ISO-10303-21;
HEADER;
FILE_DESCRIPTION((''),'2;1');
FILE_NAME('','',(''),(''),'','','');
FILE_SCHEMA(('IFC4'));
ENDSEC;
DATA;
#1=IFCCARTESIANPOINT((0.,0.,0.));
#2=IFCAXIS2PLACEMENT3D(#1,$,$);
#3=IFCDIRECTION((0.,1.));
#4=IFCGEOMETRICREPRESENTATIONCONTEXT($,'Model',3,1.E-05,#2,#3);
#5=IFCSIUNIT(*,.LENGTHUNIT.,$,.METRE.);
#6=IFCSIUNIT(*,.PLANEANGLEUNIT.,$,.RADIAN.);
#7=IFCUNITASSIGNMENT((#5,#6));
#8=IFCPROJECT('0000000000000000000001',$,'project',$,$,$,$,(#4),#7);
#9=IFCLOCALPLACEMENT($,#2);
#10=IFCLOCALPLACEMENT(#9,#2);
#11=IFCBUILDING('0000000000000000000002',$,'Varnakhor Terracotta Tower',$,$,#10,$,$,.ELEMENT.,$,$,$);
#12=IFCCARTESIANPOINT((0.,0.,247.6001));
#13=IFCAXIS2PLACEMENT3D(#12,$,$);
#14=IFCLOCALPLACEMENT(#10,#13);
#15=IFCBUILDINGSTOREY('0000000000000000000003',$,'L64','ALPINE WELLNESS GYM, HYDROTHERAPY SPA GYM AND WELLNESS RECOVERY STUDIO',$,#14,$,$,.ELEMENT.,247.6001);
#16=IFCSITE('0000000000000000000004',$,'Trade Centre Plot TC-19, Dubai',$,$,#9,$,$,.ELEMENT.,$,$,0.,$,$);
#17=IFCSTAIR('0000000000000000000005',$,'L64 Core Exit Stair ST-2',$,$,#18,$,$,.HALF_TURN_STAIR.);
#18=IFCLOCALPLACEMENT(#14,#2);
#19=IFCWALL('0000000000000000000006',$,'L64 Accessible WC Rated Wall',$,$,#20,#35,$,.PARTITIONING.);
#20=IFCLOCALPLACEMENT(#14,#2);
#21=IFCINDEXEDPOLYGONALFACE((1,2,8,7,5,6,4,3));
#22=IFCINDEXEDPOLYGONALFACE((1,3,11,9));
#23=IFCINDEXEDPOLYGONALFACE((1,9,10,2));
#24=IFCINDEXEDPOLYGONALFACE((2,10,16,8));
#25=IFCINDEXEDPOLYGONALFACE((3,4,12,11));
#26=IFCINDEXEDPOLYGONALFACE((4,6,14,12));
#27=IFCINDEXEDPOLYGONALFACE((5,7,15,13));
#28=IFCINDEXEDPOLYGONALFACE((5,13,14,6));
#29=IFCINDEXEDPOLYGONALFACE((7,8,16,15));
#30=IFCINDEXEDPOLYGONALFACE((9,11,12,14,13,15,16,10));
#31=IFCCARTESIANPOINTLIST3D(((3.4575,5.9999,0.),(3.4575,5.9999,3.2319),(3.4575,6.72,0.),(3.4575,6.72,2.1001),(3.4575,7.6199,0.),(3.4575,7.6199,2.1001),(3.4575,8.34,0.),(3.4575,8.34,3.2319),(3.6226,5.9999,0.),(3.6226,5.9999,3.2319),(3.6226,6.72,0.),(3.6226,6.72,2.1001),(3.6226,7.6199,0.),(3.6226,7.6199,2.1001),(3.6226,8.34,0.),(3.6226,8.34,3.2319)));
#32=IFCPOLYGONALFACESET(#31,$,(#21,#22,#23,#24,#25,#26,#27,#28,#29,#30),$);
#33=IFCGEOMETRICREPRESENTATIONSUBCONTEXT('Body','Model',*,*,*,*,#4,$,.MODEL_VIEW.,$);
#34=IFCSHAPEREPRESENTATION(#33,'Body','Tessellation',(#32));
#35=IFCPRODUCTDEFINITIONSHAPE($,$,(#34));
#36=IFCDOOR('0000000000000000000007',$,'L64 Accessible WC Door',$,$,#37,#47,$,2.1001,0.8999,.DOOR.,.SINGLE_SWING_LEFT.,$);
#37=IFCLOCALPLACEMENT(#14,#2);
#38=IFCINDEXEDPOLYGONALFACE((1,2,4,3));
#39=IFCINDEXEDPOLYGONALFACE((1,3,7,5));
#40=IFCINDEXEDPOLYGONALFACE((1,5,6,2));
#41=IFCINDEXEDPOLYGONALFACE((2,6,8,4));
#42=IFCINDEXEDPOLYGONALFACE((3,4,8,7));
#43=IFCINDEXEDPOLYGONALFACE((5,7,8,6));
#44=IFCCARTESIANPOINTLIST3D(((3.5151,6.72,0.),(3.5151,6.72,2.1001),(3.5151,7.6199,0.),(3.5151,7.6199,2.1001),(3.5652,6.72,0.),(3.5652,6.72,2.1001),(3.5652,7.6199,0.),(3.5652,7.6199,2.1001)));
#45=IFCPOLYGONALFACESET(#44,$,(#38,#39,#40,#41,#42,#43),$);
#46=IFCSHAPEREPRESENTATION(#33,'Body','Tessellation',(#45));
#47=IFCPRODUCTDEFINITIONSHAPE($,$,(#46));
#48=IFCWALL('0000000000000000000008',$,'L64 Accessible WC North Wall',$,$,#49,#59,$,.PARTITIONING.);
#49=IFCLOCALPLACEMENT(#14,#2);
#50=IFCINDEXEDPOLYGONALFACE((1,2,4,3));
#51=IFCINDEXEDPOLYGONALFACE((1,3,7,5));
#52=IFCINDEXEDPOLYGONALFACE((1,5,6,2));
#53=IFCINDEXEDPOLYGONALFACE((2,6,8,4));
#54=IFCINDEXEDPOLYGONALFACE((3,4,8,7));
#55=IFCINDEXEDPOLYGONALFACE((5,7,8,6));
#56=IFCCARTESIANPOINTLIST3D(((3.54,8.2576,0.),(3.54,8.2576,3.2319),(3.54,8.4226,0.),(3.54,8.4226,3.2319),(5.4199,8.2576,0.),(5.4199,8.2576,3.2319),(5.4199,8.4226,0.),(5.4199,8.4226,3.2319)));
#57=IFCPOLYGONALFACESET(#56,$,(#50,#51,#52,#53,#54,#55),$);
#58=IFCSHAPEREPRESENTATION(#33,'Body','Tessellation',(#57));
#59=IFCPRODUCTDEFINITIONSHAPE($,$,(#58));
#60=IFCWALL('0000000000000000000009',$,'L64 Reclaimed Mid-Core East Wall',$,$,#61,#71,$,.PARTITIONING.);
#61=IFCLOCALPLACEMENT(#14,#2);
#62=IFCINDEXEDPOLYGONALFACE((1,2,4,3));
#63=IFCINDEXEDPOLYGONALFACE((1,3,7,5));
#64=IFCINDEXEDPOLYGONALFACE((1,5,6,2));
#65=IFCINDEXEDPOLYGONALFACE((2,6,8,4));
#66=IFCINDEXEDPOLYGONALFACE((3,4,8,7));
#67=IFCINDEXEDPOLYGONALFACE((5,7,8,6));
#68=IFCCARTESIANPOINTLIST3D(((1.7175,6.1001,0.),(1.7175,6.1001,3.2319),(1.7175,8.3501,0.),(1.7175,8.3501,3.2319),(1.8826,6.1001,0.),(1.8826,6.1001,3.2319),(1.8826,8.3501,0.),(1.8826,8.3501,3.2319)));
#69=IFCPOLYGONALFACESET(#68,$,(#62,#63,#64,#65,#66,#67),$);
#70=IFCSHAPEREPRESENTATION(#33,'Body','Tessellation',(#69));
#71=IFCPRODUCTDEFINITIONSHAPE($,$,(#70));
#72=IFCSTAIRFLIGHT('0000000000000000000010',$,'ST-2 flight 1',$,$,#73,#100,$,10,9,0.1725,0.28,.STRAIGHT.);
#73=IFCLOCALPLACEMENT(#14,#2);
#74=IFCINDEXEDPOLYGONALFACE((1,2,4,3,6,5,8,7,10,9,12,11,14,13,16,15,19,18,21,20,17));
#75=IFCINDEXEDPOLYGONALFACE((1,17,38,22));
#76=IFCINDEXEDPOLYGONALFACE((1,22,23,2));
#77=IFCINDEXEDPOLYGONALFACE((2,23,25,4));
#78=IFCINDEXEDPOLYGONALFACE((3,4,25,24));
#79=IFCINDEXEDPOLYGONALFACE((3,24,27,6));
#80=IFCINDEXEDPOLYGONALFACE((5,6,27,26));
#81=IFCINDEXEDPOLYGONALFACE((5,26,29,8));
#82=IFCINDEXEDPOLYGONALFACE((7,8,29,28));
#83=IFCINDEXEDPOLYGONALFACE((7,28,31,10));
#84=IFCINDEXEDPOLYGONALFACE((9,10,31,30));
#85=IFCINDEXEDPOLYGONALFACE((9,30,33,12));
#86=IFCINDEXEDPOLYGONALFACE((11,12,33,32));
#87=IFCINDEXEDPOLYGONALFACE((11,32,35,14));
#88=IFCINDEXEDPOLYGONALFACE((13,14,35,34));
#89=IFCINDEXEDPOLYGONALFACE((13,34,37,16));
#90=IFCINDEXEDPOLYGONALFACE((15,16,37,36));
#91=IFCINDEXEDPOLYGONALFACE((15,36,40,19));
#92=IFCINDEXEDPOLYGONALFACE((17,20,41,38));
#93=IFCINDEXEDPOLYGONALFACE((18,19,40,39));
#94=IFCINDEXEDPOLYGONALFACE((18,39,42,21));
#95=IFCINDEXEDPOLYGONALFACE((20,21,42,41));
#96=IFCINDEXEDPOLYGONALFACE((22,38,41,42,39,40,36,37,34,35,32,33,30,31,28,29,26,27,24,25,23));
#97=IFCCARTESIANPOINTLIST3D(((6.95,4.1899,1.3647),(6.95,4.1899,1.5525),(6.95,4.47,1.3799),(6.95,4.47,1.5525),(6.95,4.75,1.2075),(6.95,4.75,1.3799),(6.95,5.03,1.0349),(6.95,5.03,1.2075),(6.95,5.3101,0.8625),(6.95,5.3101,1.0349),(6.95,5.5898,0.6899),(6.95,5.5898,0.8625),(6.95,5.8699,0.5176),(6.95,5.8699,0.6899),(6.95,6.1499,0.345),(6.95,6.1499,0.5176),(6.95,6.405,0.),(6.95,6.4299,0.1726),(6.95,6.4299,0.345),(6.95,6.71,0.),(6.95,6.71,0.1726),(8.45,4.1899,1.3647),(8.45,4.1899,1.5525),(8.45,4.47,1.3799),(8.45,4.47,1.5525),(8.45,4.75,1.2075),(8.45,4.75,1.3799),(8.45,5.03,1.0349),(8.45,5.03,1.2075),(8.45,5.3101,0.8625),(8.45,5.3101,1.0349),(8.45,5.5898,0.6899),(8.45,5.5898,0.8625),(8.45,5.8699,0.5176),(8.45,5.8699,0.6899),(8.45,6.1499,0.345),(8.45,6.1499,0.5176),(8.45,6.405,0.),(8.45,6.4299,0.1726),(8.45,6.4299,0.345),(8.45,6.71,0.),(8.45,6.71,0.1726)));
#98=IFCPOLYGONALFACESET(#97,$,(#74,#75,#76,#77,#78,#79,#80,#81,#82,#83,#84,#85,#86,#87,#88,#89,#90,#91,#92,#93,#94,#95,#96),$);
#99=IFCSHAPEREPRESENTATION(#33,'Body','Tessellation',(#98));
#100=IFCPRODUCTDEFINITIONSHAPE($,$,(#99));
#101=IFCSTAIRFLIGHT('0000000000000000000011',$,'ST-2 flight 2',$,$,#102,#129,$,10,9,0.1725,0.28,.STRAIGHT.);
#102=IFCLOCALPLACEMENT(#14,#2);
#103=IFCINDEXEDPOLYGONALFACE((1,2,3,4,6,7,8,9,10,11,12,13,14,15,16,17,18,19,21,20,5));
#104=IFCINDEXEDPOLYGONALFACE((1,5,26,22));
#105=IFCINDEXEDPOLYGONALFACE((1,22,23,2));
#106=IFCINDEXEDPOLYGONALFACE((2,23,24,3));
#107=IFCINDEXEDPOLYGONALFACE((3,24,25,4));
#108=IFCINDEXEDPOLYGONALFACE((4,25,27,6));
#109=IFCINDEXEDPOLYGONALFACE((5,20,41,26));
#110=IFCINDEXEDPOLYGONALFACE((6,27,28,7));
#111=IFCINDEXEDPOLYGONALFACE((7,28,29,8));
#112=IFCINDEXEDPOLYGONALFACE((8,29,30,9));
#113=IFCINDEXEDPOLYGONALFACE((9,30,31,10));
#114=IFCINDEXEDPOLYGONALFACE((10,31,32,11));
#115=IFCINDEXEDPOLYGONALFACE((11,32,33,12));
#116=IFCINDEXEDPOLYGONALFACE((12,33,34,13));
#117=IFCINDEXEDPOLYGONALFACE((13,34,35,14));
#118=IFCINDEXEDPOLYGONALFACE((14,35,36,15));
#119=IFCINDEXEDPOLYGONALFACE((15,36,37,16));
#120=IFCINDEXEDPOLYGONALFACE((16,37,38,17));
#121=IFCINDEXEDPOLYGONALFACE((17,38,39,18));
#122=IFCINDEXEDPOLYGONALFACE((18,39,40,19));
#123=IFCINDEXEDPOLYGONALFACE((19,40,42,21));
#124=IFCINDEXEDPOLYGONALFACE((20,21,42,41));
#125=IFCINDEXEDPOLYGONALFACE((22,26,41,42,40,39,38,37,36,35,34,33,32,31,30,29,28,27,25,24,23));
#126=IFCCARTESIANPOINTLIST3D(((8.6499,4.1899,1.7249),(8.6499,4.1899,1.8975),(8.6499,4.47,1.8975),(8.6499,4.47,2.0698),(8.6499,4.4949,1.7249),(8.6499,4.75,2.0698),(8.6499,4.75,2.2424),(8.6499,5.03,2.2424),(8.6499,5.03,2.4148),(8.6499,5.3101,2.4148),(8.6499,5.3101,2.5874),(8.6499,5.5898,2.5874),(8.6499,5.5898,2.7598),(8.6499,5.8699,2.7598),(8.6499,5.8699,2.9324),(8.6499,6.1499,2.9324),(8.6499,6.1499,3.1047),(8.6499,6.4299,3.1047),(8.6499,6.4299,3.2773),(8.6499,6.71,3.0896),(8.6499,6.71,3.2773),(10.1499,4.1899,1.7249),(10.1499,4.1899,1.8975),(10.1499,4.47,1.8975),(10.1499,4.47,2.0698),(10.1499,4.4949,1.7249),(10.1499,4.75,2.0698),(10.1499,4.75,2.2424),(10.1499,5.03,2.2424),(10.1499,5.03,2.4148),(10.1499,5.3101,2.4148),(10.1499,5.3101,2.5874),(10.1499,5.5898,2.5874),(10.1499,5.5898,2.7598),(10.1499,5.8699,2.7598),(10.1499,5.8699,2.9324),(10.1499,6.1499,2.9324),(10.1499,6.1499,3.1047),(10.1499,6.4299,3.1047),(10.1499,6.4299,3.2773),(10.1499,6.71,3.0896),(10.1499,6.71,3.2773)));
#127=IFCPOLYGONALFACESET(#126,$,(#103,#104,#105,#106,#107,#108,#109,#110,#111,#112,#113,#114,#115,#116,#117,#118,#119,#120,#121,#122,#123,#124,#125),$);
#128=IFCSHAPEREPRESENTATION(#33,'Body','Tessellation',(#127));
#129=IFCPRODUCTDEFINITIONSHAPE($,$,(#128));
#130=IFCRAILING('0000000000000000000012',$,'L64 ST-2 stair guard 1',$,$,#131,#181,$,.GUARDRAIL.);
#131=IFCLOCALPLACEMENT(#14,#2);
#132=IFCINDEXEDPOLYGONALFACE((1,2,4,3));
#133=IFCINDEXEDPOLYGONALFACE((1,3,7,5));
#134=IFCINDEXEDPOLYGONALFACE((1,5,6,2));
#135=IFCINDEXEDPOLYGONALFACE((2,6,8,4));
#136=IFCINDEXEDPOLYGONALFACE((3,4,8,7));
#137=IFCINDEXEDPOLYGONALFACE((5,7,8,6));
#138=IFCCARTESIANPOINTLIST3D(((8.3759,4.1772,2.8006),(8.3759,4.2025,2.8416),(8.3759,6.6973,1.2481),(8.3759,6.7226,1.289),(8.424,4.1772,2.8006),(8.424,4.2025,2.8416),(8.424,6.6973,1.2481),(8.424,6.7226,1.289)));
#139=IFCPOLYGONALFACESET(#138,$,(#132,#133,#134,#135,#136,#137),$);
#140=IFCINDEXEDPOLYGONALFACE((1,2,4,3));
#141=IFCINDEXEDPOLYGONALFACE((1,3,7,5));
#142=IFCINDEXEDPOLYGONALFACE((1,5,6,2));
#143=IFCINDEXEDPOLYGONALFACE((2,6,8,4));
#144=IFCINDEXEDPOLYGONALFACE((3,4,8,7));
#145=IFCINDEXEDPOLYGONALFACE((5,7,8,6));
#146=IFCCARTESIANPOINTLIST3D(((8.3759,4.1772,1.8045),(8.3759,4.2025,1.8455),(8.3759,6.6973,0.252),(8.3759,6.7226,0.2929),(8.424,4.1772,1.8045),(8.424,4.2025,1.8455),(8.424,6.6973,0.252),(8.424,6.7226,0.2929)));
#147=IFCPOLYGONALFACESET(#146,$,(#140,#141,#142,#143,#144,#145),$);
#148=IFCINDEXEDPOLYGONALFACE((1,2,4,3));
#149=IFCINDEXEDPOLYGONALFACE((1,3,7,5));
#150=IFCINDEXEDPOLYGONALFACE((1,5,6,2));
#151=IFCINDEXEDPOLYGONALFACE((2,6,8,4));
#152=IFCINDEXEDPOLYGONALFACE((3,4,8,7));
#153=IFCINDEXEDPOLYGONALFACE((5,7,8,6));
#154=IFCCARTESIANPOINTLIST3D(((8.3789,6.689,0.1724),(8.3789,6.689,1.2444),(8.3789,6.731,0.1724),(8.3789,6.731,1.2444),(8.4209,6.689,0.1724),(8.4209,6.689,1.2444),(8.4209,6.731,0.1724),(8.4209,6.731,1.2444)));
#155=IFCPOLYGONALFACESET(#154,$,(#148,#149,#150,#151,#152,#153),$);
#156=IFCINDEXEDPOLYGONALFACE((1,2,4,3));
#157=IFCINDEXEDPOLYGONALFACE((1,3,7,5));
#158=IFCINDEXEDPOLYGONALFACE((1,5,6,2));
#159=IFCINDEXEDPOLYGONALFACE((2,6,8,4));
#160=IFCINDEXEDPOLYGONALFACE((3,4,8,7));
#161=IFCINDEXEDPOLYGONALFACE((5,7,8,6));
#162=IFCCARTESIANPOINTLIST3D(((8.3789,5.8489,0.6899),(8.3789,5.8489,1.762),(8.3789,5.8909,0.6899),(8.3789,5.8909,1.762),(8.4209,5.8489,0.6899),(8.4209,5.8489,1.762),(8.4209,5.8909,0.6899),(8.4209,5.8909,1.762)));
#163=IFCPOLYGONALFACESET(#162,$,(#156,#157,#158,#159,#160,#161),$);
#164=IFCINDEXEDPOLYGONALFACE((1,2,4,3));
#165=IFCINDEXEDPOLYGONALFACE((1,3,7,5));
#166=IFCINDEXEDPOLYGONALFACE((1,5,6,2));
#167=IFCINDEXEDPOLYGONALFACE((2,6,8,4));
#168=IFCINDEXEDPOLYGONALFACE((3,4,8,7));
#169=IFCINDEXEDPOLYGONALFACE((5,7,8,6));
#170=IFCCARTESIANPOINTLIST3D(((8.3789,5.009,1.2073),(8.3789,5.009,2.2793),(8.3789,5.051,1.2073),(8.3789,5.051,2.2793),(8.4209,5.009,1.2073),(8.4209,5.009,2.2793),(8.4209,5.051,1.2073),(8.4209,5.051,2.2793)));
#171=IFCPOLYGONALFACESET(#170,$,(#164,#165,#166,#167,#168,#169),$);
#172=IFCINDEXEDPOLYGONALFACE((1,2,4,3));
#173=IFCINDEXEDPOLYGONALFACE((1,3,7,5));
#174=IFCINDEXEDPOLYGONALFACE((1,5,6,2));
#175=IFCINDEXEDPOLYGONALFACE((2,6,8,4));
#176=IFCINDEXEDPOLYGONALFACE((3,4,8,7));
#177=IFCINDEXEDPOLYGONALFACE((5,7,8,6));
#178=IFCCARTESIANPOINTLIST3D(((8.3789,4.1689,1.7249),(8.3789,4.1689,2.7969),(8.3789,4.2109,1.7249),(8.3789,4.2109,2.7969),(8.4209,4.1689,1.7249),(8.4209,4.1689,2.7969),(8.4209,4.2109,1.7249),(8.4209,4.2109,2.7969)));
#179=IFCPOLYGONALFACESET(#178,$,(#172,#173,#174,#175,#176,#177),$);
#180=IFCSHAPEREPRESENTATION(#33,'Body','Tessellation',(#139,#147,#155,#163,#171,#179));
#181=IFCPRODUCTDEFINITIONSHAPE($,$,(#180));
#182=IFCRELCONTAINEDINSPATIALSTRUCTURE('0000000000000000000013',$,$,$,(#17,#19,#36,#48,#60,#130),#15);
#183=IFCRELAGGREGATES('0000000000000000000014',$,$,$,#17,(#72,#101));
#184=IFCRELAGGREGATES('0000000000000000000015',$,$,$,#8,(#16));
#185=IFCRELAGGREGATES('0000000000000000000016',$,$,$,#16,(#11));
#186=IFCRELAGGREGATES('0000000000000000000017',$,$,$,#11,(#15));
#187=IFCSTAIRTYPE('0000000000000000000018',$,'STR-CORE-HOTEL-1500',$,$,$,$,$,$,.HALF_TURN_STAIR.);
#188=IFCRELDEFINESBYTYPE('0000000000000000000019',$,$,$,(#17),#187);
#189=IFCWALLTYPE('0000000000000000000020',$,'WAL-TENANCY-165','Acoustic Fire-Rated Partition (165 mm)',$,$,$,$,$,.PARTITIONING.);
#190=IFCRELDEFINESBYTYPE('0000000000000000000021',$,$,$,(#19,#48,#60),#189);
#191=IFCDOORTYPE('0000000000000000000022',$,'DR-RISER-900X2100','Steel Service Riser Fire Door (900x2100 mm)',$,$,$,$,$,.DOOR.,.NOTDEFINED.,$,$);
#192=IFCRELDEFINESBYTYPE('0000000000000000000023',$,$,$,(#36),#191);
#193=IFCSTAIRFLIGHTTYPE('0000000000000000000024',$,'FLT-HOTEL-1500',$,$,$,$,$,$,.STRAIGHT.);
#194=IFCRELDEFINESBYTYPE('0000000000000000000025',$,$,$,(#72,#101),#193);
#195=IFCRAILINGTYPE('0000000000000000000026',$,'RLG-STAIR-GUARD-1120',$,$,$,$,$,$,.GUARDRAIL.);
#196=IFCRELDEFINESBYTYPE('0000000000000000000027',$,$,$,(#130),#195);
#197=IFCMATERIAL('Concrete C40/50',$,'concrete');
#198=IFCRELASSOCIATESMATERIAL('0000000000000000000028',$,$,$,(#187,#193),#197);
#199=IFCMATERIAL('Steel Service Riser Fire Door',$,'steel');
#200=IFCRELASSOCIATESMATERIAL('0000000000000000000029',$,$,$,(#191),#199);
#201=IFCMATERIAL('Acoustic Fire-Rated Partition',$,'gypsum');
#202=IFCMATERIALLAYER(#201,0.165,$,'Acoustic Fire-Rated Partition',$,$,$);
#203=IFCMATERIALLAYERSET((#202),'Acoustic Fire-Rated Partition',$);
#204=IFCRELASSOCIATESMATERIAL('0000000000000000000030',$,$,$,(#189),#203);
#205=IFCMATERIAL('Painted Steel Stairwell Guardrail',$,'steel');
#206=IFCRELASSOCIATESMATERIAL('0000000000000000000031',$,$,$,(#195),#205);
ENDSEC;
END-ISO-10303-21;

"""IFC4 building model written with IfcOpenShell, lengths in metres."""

from ifc_helpers import new_model, si_unit, direction, frame, frame_2d, origin, origin_2d, place, context, subcontext, project, spatial, polyline, rectangle, outline, extrude, source, transform, mapped, material, layer, layer_set, type_object, type_shapes, element, fill, aggregate, save


model = new_model("IFC4")

# Units and contexts
model_context = context("Model", 3, precision=1e-05, world=origin(), true_north=direction((0.0, 1.0)))
body_context = subcontext(model_context, "Body", "Model", "MODEL_VIEW")
ifc_project = project(units=[si_unit("LENGTHUNIT", "METRE"), si_unit("PLANEANGLEUNIT", "RADIAN")], contexts=[model_context])

# Site, building, storey
site_placement = place(None, origin())
site = spatial("IfcSite", under=ifc_project, at=site_placement, Name="Trade Centre Plot TC-19, Dubai", CompositionType="ELEMENT", RefElevation=0.0)
building_placement = place(site_placement, origin())
building = spatial("IfcBuilding", under=site, at=building_placement, Name="Varnakhor Terracotta Tower", CompositionType="ELEMENT")
storey_placement = place(building_placement, frame((0.0, 0.0, 247.6001)))
storey = spatial("IfcBuildingStorey", under=building, at=storey_placement, Name="L64", Description="ALPINE WELLNESS GYM, HYDROTHERAPY SPA GYM AND WELLNESS RECOVERY STUDIO", CompositionType="ELEMENT", Elevation=247.6001)

# Shared definitions
ifc_material_1 = material(Name="Concrete C40/50", Category="concrete")

# Stair
stair_type = type_object("IfcStairType", Name="STR-CORE-HOTEL-1500", PredefinedType="HALF_TURN_STAIR", material=ifc_material_1)
stair_1_placement = place(storey_placement, origin())
stair_1 = element("IfcStair", 1, at=stair_1_placement, inside=storey, type_object=stair_type, Name="L64 Core Exit Stair ST-2", PredefinedType="HALF_TURN_STAIR")

# Shared definitions
ifc_material_2 = material(Name="Acoustic Fire-Rated Partition", Category="gypsum")

# Wall, opening, door
ifc_material_3 = material(Name="Steel Service Riser Fire Door", Category="steel")
door_type_1 = type_object("IfcDoorType", Name="DR-RISER-900X2100", Description="Steel Service Riser Fire Door (900x2100 mm)", OperationType="NOTDEFINED", PredefinedType="DOOR", material=ifc_material_3)
shared_shape_1 = source(origin(), body_context, "Body", "SweptSolid", [
    extrude(rectangle(XDim=0.8999, YDim=2.1001, at=frame_2d((0.45, 1.05))), frame((0.0, 0.0249, 0.0), z_axis=(0.0, -1.0, 0.0), x_axis=(1.0, 0.0, 0.0)), (0.0, 0.0, 1.0), 0.05),
])
type_shapes(door_type_1, [shared_shape_1])
ifc_layer_1 = layer(ifc_material_2, 0.165, Name="Acoustic Fire-Rated Partition")
ifc_layer_set_1 = layer_set([ifc_layer_1], Name="Acoustic Fire-Rated Partition")
wall_type_1 = type_object("IfcWallType", Name="WAL-TENANCY-165", Description="Acoustic Fire-Rated Partition (165 mm)", PredefinedType="PARTITIONING", material=ifc_layer_set_1)
wall_1_placement = place(storey_placement, frame((3.54, 6.0, 0.0), z_axis=(0.0, 0.0, 1.0), x_axis=(0.0, 1.0, 0.0)))
wall_1 = element("IfcWall", 2, at=wall_1_placement, inside=storey, type_object=wall_type_1, Name="L64 Accessible WC Rated Wall", PredefinedType="PARTITIONING", context=body_context, shape_type="SweptSolid", body=[
    extrude(rectangle(XDim=2.3401, YDim=0.165, at=frame_2d((1.1699, 0.0))), origin(), (0.0, 0.0, 1.0), 3.2319),
])
opening_1_placement = place(wall_1_placement, frame((0.72, 0.0, 0.0)))
opening_1 = element("IfcOpeningElement", 3, at=opening_1_placement, cuts=wall_1, PredefinedType="OPENING", context=body_context, shape_type="SweptSolid", body=[
    extrude(rectangle(XDim=0.8999, YDim=2.1001, at=frame_2d((0.45, 1.05))), frame((0.0, 0.0925, 0.0), z_axis=(0.0, -1.0, 0.0), x_axis=(1.0, 0.0, 0.0)), (0.0, 0.0, 1.0), 0.1851),
])
door_1_placement = place(opening_1_placement, origin())
door_1 = element("IfcDoor", 4, at=door_1_placement, inside=storey, type_object=door_type_1, Name="L64 Accessible WC Door", OperationType="SINGLE_SWING_LEFT", OverallHeight=2.1001, OverallWidth=0.8999, PredefinedType="DOOR", context=body_context, shape_type="MappedRepresentation", body=[
    mapped(shared_shape_1, transform((0.0, 0.0, 0.0), scale=1.0)),
])
fill(opening_1, door_1)

# Walls
wall_2_placement = place(storey_placement, frame((3.54, 8.3401, 0.0), z_axis=(0.0, 0.0, 1.0), x_axis=(1.0, 0.0, 0.0)))
element("IfcWall", 5, at=wall_2_placement, inside=storey, type_object=wall_type_1, Name="L64 Accessible WC North Wall", PredefinedType="PARTITIONING", context=body_context, shape_type="SweptSolid", body=[
    extrude(rectangle(XDim=1.8799, YDim=0.165, at=frame_2d((0.9399, 0.0))), origin(), (0.0, 0.0, 1.0), 3.2319),
])
wall_3_placement = place(storey_placement, frame((1.8, 6.1001, 0.0), z_axis=(0.0, 0.0, 1.0), x_axis=(0.0, 1.0, 0.0)))
element("IfcWall", 6, at=wall_3_placement, inside=storey, type_object=wall_type_1, Name="L64 Reclaimed Mid-Core East Wall", PredefinedType="PARTITIONING", context=body_context, shape_type="SweptSolid", body=[
    extrude(rectangle(XDim=2.25, YDim=0.165, at=frame_2d((1.125, 0.0))), origin(), (0.0, 0.0, 1.0), 3.2319),
])

# Stair flights
stair_flight_type = type_object("IfcStairFlightType", Name="FLT-HOTEL-1500", PredefinedType="STRAIGHT", material=ifc_material_1)
stair_flight_1_placement = place(storey_placement, frame((7.7, 6.71, 0.0), z_axis=(0.0, 0.0, 1.0), x_axis=(0.0, -1.0, 0.0)))
stair_flight_1 = element("IfcStairFlight", 7, at=stair_flight_1_placement, type_object=stair_flight_type, Name="ST-2 flight 1", NumberOfRisers=10, NumberOfTreads=9, PredefinedType="STRAIGHT", RiserHeight=0.1725, TreadLength=0.28, context=body_context, shape_type="SweptSolid", body=[
    extrude(outline(polyline([(0.0, 0.0), (0.0, 0.1726), (0.28, 0.1726), (0.28, 0.345), (0.5601, 0.345), (0.5601, 0.5176), (0.8401, 0.5176), (0.8401, 0.6899), (1.1201, 0.6899), (1.1201, 0.8625), (1.3999, 0.8625), (1.3999, 1.0349), (1.6799, 1.0349), (1.6799, 1.2075), (1.96, 1.2075), (1.96, 1.3799), (2.24, 1.3799), (2.24, 1.5525), (2.52, 1.5525), (2.52, 1.7251), (2.52, 1.3647), (0.3049, 0.0), (0.0, 0.0)])), frame((0.0, 0.75, 0.0), z_axis=(0.0, -1.0, 0.0), x_axis=(1.0, 0.0, 0.0)), (0.0, 0.0, 1.0), 1.5),
])
stair_flight_2_placement = place(storey_placement, frame((9.3999, 4.1899, 1.7249), z_axis=(0.0, 0.0, 1.0), x_axis=(0.0, 1.0, 0.0)))
stair_flight_2 = element("IfcStairFlight", 8, at=stair_flight_2_placement, type_object=stair_flight_type, Name="ST-2 flight 2", NumberOfRisers=10, NumberOfTreads=9, PredefinedType="STRAIGHT", RiserHeight=0.1725, TreadLength=0.28, context=body_context, shape_type="SweptSolid", body=[
    extrude(outline(polyline([(0.0, 0.0), (0.0, 0.1726), (0.28, 0.1726), (0.28, 0.345), (0.5601, 0.345), (0.5601, 0.5176), (0.8401, 0.5176), (0.8401, 0.6899), (1.1201, 0.6899), (1.1201, 0.8625), (1.3999, 0.8625), (1.3999, 1.0349), (1.6799, 1.0349), (1.6799, 1.2075), (1.96, 1.2075), (1.96, 1.3799), (2.24, 1.3799), (2.24, 1.5525), (2.52, 1.5525), (2.52, 1.7251), (2.52, 1.3647), (0.3049, 0.0), (0.0, 0.0)])), frame((0.0, 0.75, 0.0), z_axis=(0.0, -1.0, 0.0), x_axis=(1.0, 0.0, 0.0)), (0.0, 0.0, 1.0), 1.5),
])
aggregate(stair_1, [stair_flight_1, stair_flight_2])

# Railing
ifc_material_4 = material(Name="Painted Steel Stairwell Guardrail", Category="steel")
railing_type_1 = type_object("IfcRailingType", Name="RLG-STAIR-GUARD-1120", PredefinedType="GUARDRAIL", material=ifc_material_4)
railing_1_placement = place(storey_placement, frame((8.3999, 6.71, 0.1724)))
element("IfcRailing", 9, at=railing_1_placement, inside=storey, type_object=railing_type_1, Name="L64 ST-2 stair guard 1", PredefinedType="GUARDRAIL", context=body_context, shape_type="SweptSolid", body=[
    extrude(rectangle(XDim=0.0481, YDim=0.0481, at=origin_2d()), frame((0.0, 0.0, 1.0962), z_axis=(0.0, -0.8514, 0.524516), x_axis=(1.0, 0.0, 0.0)), (0.0, 0.0, 1.0), 2.96),
    extrude(rectangle(XDim=0.0481, YDim=0.0481, at=origin_2d()), frame((0.0, 0.0, 0.1001), z_axis=(0.0, -0.8514, 0.524516), x_axis=(1.0, 0.0, 0.0)), (0.0, 0.0, 1.0), 2.96),
    extrude(rectangle(XDim=0.042, YDim=0.042, at=origin_2d()), origin(), (0.0, 0.0, 1.0), 1.072),
    extrude(rectangle(XDim=0.042, YDim=0.042, at=origin_2d()), frame((0.0, -0.8401, 0.5176)), (0.0, 0.0, 1.0), 1.072),
    extrude(rectangle(XDim=0.042, YDim=0.042, at=origin_2d()), frame((0.0, -1.6799, 1.0349)), (0.0, 0.0, 1.0), 1.072),
    extrude(rectangle(XDim=0.042, YDim=0.042, at=origin_2d()), frame((0.0, -2.52, 1.5525)), (0.0, 0.0, 1.0), 1.072),
])

save(model, "model.ifc")
